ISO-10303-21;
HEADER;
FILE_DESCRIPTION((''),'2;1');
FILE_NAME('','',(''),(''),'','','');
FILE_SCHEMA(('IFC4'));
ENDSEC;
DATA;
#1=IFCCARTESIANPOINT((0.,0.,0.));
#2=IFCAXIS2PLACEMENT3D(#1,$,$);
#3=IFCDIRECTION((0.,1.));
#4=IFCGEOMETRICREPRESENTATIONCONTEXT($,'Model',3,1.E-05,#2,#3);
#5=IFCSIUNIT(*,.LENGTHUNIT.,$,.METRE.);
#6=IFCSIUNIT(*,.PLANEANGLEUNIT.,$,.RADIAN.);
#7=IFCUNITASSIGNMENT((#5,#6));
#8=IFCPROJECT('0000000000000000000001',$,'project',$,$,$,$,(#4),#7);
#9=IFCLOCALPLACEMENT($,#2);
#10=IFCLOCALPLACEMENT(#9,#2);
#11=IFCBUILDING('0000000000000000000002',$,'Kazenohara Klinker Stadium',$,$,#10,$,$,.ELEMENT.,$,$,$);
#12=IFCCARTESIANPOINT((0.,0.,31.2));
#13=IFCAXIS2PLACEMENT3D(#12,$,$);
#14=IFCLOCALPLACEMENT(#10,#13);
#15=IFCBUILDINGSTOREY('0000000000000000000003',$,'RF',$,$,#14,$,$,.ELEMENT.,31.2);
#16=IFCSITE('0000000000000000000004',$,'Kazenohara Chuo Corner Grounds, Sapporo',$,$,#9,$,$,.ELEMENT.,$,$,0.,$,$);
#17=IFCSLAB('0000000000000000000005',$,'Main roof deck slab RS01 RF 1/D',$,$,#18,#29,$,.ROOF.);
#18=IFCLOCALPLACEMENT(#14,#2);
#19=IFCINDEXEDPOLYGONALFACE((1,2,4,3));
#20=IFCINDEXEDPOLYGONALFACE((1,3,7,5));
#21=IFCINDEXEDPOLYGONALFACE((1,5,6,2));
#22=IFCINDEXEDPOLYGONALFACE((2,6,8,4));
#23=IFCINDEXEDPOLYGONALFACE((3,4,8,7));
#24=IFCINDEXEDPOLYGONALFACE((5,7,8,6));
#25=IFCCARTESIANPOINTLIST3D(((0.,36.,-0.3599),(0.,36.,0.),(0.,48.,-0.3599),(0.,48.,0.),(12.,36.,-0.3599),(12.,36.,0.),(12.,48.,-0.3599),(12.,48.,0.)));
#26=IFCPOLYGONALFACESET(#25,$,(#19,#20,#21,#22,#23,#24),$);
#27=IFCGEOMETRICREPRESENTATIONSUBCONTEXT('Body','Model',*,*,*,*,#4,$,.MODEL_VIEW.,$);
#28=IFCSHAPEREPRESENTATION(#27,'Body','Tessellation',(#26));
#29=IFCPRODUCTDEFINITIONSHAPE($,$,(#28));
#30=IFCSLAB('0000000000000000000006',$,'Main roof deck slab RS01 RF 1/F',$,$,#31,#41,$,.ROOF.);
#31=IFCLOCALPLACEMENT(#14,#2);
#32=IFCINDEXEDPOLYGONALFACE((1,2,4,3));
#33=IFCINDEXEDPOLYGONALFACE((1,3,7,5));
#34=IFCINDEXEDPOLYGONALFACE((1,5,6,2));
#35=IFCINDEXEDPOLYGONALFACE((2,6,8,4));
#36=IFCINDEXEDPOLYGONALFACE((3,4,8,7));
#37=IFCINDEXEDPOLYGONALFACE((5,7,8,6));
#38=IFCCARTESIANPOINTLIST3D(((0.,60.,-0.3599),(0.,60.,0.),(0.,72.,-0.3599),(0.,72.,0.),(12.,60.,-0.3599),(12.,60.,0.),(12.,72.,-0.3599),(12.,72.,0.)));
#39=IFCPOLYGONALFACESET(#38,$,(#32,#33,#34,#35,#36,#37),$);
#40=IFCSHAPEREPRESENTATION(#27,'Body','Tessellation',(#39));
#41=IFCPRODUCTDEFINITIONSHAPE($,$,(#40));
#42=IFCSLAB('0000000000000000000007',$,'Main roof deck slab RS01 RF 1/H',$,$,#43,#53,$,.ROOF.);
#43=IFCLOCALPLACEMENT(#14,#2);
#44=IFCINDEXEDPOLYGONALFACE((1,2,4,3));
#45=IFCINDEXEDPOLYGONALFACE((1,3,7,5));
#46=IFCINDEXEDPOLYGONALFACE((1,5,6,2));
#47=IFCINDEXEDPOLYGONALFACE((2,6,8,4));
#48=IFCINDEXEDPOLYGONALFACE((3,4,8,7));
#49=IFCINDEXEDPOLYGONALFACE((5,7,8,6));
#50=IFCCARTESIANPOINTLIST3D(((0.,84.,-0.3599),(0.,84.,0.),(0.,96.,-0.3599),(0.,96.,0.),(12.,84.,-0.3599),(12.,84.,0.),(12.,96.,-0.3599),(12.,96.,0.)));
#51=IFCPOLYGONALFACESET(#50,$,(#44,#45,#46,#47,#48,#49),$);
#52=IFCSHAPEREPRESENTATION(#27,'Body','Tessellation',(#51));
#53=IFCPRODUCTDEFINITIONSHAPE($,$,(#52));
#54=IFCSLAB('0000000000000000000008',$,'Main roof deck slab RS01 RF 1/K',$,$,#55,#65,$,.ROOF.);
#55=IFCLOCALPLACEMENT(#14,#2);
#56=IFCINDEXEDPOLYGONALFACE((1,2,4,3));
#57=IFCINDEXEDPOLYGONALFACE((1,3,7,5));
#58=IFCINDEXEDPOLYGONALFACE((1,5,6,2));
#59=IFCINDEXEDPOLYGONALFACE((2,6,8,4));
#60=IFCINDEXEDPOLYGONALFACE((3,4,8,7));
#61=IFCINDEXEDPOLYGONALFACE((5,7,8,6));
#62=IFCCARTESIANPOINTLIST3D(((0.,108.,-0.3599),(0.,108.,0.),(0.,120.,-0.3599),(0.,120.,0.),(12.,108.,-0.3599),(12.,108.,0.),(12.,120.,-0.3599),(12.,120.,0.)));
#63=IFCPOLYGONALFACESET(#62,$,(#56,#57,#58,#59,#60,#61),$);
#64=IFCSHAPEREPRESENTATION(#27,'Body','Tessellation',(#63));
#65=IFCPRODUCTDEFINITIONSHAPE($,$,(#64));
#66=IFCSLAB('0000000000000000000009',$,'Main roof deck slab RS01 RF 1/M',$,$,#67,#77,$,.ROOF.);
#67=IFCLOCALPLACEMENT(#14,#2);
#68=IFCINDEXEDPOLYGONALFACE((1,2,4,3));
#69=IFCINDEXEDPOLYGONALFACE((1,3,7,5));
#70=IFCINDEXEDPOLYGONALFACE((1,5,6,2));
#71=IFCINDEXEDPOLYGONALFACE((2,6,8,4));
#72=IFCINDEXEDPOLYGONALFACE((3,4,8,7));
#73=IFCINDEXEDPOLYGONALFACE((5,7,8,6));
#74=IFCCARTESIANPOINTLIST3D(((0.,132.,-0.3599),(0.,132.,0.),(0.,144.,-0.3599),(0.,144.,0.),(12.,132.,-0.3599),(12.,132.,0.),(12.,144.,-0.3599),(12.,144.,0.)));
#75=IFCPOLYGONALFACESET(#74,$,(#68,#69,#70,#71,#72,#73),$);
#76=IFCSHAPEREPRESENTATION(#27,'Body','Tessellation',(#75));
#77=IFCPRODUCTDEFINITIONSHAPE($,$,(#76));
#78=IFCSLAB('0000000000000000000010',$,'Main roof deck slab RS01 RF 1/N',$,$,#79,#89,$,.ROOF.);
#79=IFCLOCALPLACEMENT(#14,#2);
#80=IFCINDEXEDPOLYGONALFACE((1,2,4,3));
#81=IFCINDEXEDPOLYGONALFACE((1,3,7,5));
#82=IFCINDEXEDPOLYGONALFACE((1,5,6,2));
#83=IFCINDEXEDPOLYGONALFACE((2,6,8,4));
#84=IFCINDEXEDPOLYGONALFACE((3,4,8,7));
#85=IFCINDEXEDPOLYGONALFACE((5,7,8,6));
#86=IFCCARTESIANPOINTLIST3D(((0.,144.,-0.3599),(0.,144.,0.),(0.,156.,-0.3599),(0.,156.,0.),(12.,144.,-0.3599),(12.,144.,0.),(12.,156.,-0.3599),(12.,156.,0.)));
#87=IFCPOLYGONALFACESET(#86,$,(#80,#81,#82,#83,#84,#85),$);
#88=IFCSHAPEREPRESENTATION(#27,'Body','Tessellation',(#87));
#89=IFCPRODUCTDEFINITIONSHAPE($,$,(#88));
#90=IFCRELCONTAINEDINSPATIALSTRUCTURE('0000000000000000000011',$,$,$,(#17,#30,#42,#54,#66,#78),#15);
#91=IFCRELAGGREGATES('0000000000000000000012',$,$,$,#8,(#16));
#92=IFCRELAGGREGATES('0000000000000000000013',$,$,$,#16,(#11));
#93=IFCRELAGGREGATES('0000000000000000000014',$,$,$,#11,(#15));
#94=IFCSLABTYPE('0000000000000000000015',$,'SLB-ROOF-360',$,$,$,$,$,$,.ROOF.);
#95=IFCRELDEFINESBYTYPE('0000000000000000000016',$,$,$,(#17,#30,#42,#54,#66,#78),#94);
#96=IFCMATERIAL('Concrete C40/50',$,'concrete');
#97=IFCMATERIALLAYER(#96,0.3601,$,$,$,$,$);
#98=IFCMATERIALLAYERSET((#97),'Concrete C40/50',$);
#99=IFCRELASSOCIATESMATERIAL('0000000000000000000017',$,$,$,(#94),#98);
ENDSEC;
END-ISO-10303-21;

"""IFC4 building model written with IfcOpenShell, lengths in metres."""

from ifc_helpers import new_model, si_unit, direction, frame, origin, place, context, subcontext, project, spatial, polyline, outline, extrude, material, layer, layer_set, type_object, element, save


model = new_model("IFC4")

# Units and contexts
model_context = context("Model", 3, precision=1e-05, world=origin(), true_north=direction((0.0, 1.0)))
body_context = subcontext(model_context, "Body", "Model", "MODEL_VIEW")
ifc_project = project(units=[si_unit("LENGTHUNIT", "METRE"), si_unit("PLANEANGLEUNIT", "RADIAN")], contexts=[model_context])

# Site, building, storey
site_placement = place(None, origin())
site = spatial("IfcSite", under=ifc_project, at=site_placement, Name="Kazenohara Chuo Corner Grounds, Sapporo", CompositionType="ELEMENT", RefElevation=0.0)
building_placement = place(site_placement, origin())
building = spatial("IfcBuilding", under=site, at=building_placement, Name="Kazenohara Klinker Stadium", CompositionType="ELEMENT")
storey_placement = place(building_placement, frame((0.0, 0.0, 31.2)))
storey = spatial("IfcBuildingStorey", under=building, at=storey_placement, Name="RF", CompositionType="ELEMENT", Elevation=31.2)

# Slabs
ifc_material = material(Name="Concrete C40/50", Category="concrete")
ifc_layer = layer(ifc_material, 0.3601)
ifc_layer_set = layer_set([ifc_layer], Name="Concrete C40/50")
slab_type = type_object("IfcSlabType", Name="SLB-ROOF-360", PredefinedType="ROOF", material=ifc_layer_set)
slab_1_placement = place(storey_placement, frame((0.0, 0.0, -0.3599)))
element("IfcSlab", 1, at=slab_1_placement, inside=storey, type_object=slab_type, Name="Main roof deck slab RS01 RF 1/D", PredefinedType="ROOF", context=body_context, shape_type="SweptSolid", body=[
    extrude(outline(polyline([(0.0, 36.0), (12.0, 36.0), (12.0, 48.0), (0.0, 48.0), (0.0, 36.0)])), origin(), (0.0, 0.0, 1.0), 0.3599),
])
slab_2_placement = place(storey_placement, frame((0.0, 0.0, -0.3599)))
element("IfcSlab", 2, at=slab_2_placement, inside=storey, type_object=slab_type, Name="Main roof deck slab RS01 RF 1/F", PredefinedType="ROOF", context=body_context, shape_type="SweptSolid", body=[
    extrude(outline(polyline([(0.0, 60.0), (12.0, 60.0), (12.0, 72.0), (0.0, 72.0), (0.0, 60.0)])), origin(), (0.0, 0.0, 1.0), 0.3599),
])
slab_3_placement = place(storey_placement, frame((0.0, 0.0, -0.3599)))
element("IfcSlab", 3, at=slab_3_placement, inside=storey, type_object=slab_type, Name="Main roof deck slab RS01 RF 1/H", PredefinedType="ROOF", context=body_context, shape_type="SweptSolid", body=[
    extrude(outline(polyline([(0.0, 84.0), (12.0, 84.0), (12.0, 96.0), (0.0, 96.0), (0.0, 84.0)])), origin(), (0.0, 0.0, 1.0), 0.3599),
])
slab_4_placement = place(storey_placement, frame((0.0, 0.0, -0.3599)))
element("IfcSlab", 4, at=slab_4_placement, inside=storey, type_object=slab_type, Name="Main roof deck slab RS01 RF 1/K", PredefinedType="ROOF", context=body_context, shape_type="SweptSolid", body=[
    extrude(outline(polyline([(0.0, 108.0), (12.0, 108.0), (12.0, 120.0), (0.0, 120.0), (0.0, 108.0)])), origin(), (0.0, 0.0, 1.0), 0.3599),
])
slab_5_placement = place(storey_placement, frame((0.0, 0.0, -0.3599)))
element("IfcSlab", 5, at=slab_5_placement, inside=storey, type_object=slab_type, Name="Main roof deck slab RS01 RF 1/M", PredefinedType="ROOF", context=body_context, shape_type="SweptSolid", body=[
    extrude(outline(polyline([(0.0, 132.0), (12.0, 132.0), (12.0, 144.0), (0.0, 144.0), (0.0, 132.0)])), origin(), (0.0, 0.0, 1.0), 0.3599),
])
slab_6_placement = place(storey_placement, frame((0.0, 0.0, -0.3599)))
element("IfcSlab", 6, at=slab_6_placement, inside=storey, type_object=slab_type, Name="Main roof deck slab RS01 RF 1/N", PredefinedType="ROOF", context=body_context, shape_type="SweptSolid", body=[
    extrude(outline(polyline([(0.0, 144.0), (12.0, 144.0), (12.0, 156.0), (0.0, 156.0), (0.0, 144.0)])), origin(), (0.0, 0.0, 1.0), 0.3599),
])

save(model, "model.ifc")
